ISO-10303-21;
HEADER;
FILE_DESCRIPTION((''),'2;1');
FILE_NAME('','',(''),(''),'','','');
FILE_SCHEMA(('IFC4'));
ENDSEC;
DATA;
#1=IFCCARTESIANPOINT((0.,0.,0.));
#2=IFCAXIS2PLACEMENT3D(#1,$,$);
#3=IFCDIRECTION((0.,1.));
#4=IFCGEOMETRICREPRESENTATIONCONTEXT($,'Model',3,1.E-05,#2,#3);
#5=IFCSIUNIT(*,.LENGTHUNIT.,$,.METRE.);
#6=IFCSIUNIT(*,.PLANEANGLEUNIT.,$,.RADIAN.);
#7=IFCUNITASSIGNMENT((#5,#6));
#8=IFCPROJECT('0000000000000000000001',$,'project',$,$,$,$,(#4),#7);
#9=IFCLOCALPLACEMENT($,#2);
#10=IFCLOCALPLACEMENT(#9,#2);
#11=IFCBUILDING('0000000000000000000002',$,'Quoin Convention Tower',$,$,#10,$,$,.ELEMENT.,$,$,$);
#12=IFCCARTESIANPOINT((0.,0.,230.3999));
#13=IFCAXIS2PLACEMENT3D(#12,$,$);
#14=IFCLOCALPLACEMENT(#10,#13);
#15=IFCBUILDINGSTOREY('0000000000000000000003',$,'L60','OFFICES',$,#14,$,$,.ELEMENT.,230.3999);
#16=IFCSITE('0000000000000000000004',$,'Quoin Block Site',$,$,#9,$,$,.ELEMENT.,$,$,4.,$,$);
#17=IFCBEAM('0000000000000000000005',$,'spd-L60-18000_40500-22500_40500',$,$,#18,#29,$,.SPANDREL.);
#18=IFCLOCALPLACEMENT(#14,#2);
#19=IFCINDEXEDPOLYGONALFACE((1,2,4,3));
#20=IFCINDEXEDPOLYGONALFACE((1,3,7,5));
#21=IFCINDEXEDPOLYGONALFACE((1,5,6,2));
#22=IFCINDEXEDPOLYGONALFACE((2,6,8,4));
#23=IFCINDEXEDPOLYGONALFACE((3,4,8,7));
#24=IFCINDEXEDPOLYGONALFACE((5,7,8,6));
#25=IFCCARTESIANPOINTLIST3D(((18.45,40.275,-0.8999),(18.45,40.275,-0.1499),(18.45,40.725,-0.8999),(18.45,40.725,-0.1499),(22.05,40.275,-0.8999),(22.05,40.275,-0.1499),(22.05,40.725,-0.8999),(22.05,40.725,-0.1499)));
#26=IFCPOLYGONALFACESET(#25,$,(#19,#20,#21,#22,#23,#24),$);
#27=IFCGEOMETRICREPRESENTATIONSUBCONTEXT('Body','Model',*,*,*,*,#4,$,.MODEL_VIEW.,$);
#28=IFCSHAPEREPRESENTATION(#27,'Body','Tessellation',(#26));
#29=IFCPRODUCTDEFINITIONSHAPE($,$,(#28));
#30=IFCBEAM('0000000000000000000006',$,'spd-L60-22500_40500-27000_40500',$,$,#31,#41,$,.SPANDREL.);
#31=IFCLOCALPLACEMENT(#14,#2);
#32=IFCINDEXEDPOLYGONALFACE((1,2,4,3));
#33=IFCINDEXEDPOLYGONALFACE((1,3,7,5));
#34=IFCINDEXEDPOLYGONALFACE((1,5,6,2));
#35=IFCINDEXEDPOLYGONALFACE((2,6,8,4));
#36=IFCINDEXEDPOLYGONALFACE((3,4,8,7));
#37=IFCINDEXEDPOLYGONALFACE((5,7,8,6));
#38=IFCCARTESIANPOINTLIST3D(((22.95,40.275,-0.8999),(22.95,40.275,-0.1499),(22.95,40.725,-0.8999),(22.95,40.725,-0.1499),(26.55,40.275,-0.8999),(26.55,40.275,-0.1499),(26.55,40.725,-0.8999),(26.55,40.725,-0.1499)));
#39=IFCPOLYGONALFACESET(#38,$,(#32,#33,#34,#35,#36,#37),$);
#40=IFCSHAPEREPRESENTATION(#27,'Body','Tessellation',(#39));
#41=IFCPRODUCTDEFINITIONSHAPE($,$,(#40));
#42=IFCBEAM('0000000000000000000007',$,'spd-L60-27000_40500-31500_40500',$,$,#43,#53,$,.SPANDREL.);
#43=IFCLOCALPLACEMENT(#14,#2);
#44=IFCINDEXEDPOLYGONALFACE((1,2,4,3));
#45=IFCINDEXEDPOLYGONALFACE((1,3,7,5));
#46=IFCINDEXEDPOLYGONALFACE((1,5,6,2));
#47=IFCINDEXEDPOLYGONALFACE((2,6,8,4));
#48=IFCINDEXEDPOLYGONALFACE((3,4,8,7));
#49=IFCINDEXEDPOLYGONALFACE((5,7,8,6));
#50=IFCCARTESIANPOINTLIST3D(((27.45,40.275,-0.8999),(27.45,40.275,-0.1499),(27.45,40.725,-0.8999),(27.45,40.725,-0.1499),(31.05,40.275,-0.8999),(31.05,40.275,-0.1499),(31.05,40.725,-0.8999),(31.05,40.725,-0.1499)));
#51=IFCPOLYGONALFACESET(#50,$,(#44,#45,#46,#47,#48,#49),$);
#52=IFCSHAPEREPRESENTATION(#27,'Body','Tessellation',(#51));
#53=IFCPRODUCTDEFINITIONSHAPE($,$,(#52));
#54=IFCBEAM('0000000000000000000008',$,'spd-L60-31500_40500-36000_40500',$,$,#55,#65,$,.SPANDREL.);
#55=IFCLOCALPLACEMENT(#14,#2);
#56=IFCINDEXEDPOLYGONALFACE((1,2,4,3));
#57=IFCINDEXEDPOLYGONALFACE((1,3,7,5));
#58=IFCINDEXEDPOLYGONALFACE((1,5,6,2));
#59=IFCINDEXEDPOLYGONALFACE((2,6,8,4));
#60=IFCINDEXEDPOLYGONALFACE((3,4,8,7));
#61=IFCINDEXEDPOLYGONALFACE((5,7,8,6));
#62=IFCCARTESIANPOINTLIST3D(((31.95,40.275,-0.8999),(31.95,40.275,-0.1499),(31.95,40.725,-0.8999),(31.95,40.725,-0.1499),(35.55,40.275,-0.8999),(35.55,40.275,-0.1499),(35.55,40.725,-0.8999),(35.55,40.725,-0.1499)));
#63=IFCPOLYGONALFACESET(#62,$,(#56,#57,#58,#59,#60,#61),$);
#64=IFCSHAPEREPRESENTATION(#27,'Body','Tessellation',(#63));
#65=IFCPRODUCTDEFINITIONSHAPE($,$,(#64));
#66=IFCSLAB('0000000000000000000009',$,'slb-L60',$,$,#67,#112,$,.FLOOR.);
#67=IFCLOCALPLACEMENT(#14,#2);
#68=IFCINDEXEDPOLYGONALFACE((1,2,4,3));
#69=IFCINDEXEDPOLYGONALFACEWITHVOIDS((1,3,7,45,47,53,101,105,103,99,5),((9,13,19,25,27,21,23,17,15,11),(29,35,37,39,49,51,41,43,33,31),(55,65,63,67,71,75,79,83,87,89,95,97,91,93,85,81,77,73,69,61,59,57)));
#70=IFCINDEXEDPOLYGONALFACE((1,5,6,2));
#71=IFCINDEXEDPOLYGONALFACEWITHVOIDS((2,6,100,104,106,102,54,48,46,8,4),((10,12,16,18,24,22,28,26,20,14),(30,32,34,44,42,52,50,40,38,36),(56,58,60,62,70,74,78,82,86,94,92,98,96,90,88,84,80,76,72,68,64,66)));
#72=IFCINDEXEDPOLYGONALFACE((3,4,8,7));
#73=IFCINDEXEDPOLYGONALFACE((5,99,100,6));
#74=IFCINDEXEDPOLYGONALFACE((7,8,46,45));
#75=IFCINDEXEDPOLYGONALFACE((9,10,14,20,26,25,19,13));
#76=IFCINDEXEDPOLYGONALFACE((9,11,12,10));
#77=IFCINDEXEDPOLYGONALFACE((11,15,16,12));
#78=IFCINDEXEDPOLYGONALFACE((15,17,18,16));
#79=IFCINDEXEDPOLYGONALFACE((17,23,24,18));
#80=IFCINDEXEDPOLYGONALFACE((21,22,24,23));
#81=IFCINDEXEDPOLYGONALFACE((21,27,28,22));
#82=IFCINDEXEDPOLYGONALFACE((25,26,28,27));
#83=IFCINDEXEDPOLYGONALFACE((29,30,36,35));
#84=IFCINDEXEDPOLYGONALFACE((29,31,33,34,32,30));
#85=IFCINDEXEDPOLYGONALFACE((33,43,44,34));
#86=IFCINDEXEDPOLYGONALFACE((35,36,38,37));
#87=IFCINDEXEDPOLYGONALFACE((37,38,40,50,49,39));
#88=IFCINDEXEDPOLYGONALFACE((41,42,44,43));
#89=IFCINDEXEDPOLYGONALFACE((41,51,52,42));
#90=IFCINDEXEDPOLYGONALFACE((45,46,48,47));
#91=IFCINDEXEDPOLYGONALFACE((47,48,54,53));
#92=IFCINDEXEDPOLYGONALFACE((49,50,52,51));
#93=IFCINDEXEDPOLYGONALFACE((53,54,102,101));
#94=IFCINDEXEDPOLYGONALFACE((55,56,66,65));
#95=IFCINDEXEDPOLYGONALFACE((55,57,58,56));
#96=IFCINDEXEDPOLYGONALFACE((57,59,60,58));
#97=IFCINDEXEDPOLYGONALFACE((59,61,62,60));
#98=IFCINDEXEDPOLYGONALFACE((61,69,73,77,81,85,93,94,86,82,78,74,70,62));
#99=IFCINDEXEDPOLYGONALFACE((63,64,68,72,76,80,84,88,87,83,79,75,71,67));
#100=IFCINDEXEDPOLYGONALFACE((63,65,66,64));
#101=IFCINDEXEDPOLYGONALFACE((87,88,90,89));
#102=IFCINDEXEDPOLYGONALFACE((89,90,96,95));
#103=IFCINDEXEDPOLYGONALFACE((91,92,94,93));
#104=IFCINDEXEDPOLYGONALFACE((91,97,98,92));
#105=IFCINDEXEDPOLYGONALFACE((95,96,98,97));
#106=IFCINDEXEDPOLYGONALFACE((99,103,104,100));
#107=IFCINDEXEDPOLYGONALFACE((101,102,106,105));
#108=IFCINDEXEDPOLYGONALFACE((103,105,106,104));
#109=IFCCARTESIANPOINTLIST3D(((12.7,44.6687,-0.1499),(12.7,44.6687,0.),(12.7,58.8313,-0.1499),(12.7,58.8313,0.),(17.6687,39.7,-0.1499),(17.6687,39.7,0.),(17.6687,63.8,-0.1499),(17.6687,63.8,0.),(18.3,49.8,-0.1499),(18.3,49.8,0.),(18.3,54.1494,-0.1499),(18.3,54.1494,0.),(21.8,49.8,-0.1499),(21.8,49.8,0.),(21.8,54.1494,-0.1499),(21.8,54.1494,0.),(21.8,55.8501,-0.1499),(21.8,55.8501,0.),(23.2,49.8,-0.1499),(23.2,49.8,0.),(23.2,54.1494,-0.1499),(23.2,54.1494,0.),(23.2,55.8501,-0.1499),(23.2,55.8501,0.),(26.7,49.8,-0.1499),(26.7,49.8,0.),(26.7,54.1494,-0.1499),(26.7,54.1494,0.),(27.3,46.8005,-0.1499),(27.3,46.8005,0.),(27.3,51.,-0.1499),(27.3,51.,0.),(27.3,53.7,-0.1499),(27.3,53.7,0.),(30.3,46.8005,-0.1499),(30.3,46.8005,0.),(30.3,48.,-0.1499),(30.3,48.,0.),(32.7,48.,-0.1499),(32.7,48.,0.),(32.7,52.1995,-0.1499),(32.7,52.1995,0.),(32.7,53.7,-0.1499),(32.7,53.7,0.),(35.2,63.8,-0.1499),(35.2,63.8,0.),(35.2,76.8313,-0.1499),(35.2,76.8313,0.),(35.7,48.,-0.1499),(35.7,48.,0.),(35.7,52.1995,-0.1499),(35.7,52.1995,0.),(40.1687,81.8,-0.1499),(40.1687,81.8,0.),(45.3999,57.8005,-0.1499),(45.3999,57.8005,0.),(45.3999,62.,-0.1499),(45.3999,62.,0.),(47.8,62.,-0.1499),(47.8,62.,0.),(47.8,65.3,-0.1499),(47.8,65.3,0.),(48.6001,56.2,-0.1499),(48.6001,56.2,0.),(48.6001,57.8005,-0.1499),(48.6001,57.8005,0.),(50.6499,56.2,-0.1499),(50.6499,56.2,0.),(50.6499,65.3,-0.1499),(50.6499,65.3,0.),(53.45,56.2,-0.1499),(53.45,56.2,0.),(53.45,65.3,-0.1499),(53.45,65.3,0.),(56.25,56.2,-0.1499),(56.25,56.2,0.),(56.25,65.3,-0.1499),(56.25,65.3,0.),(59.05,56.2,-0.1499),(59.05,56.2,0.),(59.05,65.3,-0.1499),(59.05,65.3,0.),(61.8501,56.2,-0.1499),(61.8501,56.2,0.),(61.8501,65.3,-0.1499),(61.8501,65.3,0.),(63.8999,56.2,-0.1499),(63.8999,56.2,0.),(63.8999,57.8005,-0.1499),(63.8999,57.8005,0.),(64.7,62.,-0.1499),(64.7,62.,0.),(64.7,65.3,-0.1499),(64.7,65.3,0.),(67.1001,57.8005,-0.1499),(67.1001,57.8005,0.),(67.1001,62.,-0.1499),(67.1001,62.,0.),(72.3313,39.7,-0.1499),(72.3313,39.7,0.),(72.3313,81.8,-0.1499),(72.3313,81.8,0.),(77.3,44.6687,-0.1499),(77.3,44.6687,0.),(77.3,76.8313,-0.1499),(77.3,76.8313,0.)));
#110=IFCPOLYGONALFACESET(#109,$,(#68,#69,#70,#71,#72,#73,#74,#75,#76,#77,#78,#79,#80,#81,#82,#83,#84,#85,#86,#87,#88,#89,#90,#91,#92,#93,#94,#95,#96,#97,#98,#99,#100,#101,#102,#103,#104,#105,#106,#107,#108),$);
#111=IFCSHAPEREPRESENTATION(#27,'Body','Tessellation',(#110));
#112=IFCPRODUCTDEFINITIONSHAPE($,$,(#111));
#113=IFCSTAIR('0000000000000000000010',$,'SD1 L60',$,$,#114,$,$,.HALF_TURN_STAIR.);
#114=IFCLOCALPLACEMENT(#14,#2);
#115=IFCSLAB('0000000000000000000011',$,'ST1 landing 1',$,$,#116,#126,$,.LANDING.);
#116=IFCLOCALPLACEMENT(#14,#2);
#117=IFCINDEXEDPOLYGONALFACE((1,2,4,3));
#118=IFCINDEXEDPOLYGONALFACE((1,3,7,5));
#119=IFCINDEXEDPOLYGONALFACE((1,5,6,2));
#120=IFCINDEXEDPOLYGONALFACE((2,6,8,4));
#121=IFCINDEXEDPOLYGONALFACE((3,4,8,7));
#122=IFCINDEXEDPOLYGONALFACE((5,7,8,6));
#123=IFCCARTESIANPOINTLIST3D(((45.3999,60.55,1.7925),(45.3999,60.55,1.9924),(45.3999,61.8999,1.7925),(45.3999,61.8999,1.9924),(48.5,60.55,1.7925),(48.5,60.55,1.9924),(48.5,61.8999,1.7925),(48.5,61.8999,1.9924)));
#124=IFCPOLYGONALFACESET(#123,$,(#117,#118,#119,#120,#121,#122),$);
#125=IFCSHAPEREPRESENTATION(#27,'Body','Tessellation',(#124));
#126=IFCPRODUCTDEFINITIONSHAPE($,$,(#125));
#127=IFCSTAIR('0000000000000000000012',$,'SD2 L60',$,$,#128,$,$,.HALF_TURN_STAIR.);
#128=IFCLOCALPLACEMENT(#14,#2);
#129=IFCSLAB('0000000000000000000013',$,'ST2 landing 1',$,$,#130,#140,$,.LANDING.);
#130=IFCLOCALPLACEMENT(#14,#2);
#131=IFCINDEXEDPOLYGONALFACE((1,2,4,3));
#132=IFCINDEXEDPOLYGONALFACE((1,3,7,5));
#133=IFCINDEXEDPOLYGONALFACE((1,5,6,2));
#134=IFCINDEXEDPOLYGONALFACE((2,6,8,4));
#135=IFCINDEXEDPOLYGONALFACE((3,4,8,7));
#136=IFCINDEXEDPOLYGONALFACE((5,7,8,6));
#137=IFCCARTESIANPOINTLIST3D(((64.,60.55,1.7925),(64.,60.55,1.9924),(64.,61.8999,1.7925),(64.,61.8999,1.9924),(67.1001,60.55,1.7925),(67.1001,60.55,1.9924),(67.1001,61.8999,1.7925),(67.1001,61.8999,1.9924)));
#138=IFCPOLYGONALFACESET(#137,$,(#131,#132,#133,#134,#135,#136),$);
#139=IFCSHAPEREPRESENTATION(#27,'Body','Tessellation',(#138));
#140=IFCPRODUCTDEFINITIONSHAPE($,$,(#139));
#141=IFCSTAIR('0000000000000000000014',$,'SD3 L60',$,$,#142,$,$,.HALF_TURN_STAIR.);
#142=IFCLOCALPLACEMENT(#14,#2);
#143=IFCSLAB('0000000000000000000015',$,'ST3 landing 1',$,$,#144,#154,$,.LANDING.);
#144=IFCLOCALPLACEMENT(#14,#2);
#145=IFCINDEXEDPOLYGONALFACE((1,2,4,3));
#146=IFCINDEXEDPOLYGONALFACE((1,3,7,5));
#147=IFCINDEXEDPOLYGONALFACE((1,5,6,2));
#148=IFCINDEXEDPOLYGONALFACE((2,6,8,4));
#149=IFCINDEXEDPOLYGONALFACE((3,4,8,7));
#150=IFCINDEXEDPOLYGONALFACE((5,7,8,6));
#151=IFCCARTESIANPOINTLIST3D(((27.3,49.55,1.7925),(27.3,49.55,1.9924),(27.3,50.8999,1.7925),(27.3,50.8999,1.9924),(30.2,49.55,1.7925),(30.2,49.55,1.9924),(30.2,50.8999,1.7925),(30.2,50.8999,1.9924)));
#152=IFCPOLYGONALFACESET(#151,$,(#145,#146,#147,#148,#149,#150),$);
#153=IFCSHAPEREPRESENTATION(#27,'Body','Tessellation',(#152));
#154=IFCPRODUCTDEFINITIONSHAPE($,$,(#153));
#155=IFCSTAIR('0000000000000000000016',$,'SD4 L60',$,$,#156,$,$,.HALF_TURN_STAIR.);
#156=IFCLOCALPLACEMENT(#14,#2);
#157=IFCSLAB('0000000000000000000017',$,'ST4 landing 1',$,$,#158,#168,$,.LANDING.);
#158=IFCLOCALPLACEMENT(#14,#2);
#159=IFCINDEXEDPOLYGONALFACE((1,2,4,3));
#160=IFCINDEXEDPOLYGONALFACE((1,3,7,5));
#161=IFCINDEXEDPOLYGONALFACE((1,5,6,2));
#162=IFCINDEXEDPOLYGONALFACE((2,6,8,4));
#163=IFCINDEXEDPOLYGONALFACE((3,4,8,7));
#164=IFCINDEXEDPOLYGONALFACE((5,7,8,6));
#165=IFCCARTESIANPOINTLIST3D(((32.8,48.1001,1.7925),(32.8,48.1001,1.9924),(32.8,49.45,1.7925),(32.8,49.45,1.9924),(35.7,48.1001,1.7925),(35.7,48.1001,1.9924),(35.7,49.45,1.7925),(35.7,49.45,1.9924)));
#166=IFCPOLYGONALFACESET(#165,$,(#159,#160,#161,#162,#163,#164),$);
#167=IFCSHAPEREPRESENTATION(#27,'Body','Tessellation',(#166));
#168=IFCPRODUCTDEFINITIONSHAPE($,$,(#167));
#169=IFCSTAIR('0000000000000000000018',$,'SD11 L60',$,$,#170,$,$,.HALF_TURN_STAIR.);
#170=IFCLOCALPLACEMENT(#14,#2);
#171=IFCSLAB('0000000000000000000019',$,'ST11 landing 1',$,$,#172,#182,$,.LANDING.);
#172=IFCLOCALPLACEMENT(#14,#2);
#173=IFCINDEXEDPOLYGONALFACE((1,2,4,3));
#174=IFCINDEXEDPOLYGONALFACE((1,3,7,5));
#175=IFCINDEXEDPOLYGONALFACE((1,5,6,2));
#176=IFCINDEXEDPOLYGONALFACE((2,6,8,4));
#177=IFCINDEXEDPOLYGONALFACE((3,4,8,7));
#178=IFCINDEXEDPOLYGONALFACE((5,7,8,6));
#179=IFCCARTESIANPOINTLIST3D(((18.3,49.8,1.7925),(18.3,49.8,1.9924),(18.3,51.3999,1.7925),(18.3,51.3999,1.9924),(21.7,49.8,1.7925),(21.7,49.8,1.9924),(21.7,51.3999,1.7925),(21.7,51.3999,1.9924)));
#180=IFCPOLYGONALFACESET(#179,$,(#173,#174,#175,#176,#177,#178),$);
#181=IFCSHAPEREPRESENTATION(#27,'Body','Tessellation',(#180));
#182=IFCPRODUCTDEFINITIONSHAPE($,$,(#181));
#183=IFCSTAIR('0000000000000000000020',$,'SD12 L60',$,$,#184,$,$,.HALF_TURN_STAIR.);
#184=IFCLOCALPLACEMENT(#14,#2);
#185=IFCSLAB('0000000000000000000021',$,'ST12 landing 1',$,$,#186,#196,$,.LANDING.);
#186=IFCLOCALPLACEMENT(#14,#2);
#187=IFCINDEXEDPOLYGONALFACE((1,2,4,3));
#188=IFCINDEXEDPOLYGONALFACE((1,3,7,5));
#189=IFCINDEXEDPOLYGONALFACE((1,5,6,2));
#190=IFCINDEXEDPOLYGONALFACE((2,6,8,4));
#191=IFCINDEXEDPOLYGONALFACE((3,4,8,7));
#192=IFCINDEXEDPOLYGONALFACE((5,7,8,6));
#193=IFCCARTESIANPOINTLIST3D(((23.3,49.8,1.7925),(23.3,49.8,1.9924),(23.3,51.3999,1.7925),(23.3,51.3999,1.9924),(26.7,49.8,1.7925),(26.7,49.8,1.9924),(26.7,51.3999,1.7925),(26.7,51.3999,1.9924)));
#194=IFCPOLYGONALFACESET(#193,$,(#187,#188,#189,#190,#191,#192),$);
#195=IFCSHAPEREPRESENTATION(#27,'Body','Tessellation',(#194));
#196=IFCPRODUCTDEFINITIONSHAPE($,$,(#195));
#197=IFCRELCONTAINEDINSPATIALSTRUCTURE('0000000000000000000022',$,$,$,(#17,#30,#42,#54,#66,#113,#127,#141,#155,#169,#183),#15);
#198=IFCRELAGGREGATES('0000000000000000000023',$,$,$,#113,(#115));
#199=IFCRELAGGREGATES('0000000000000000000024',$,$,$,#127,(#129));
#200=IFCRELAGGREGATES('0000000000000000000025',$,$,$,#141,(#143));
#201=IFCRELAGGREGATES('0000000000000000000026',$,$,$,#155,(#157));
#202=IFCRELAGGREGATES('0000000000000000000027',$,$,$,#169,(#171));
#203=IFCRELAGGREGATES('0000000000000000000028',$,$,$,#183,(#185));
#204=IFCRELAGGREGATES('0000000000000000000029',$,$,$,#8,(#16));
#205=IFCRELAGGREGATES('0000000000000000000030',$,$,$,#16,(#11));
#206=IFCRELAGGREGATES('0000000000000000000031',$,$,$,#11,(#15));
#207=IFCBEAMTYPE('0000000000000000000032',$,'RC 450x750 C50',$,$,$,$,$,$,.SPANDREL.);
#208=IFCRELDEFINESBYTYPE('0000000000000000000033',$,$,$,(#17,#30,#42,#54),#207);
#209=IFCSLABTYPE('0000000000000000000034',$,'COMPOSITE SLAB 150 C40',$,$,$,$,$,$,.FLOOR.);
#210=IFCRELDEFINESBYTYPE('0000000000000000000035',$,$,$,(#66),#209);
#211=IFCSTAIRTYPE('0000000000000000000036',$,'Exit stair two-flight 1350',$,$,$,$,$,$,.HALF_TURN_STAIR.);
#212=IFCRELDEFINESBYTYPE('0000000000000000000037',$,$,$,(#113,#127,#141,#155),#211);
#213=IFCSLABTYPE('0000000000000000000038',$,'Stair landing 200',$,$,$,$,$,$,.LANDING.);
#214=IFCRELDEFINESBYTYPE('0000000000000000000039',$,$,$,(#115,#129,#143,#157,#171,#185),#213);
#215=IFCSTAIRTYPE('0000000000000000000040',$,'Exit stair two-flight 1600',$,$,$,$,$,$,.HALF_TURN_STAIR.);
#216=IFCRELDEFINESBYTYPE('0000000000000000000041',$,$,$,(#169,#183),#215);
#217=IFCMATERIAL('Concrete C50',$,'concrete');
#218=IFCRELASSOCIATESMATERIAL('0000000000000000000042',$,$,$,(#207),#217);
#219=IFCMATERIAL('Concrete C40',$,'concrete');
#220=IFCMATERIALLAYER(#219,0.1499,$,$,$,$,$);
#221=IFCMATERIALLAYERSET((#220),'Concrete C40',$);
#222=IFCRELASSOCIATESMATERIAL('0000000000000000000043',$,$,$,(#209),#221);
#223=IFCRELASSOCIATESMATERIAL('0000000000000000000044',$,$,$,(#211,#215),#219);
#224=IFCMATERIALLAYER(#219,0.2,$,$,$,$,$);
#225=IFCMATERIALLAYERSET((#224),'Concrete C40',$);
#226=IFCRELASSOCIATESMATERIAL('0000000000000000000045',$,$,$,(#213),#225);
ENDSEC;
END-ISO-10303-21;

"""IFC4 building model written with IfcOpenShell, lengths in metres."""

from ifc_helpers import new_model, si_unit, direction, frame, origin, origin_2d, place, context, subcontext, project, spatial, polyline, rectangle, outline, extrude, material, layer, layer_set, material_profile, profile_set, type_object, element, aggregate, save


model = new_model("IFC4")

# Units and contexts
model_context = context("Model", 3, precision=1e-05, world=origin(), true_north=direction((0.0, 1.0)))
body_context = subcontext(model_context, "Body", "Model", "MODEL_VIEW")
ifc_project = project(units=[si_unit("LENGTHUNIT", "METRE"), si_unit("PLANEANGLEUNIT", "RADIAN")], contexts=[model_context])

# Site, building, storey
site_placement = place(None, origin())
site = spatial("IfcSite", under=ifc_project, at=site_placement, Name="Quoin Block Site", CompositionType="ELEMENT", RefElevation=4.0)
building_placement = place(site_placement, origin())
building = spatial("IfcBuilding", under=site, at=building_placement, Name="Quoin Convention Tower", CompositionType="ELEMENT")
storey_placement = place(building_placement, frame((0.0, 0.0, 230.3999)))
storey = spatial("IfcBuildingStorey", under=building, at=storey_placement, Name="L60", Description="OFFICES", CompositionType="ELEMENT", Elevation=230.3999)

# Shared definitions
ifc_material_1 = material(Name="Concrete C50", Category="concrete")

# Beams
ifc_material_profile_1 = material_profile(ifc_material_1, rectangle(XDim=0.45, YDim=0.75, at=origin_2d()), Name="RC 450x750")
ifc_profile_set_1 = profile_set([ifc_material_profile_1], Name="Concrete C50")
beam_type_1 = type_object("IfcBeamType", Name="RC 450x750 C50", PredefinedType="SPANDREL", material=ifc_profile_set_1)
for number, where, z_axis, x_axis, name in (
    (1, (18.45, 40.5, -0.5249), (1.0, 0.0, 0.0), (0.0, 1.0, 0.0), "spd-L60-18000_40500-22500_40500"),
    (2, (22.95, 40.5, -0.5249), (1.0, 0.0, 0.0), (0.0, 1.0, 0.0), "spd-L60-22500_40500-27000_40500"),
    (3, (27.45, 40.5, -0.5249), (1.0, 0.0, 0.0), (0.0, 1.0, 0.0), "spd-L60-27000_40500-31500_40500"),
    (4, (31.95, 40.5, -0.5249), (1.0, 0.0, 0.0), (0.0, 1.0, 0.0), "spd-L60-31500_40500-36000_40500"),
):
    element("IfcBeam", number, at=place(storey_placement, frame(where, z_axis=z_axis, x_axis=x_axis)), inside=storey, type_object=beam_type_1, Name=name, PredefinedType="SPANDREL", context=body_context, shape_type="SweptSolid", body=[
        extrude(rectangle(XDim=0.45, YDim=0.75, at=origin_2d()), origin(), (0.0, 0.0, 1.0), 3.6001),
    ])

# Slab
ifc_material_2 = material(Name="Concrete C40", Category="concrete")
ifc_layer_1 = layer(ifc_material_2, 0.1499)
ifc_layer_set_1 = layer_set([ifc_layer_1], Name="Concrete C40")
slab_type_1 = type_object("IfcSlabType", Name="COMPOSITE SLAB 150 C40", PredefinedType="FLOOR", material=ifc_layer_set_1)
slab_1_placement = place(storey_placement, frame((0.0, 0.0, -0.1499)))
element("IfcSlab", 5, at=slab_1_placement, inside=storey, type_object=slab_type_1, Name="slb-L60", PredefinedType="FLOOR", context=body_context, shape_type="SweptSolid", body=[
    extrude(outline(polyline([(17.6687, 39.7), (12.7, 44.6687), (12.7, 58.8313), (17.6687, 63.8), (35.2, 63.8), (35.2, 76.8313), (40.1687, 81.8), (72.3313, 81.8), (77.3, 76.8313), (77.3, 44.6687), (72.3313, 39.7), (17.6687, 39.7)]), holes=[polyline([(27.3, 51.0), (27.3, 46.8005), (30.3, 46.8005), (30.3, 48.0), (32.7, 48.0), (35.7, 48.0), (35.7, 52.1995), (32.7, 52.1995), (32.7, 53.7), (27.3, 53.7), (27.3, 51.0)]), polyline([(18.3, 49.8), (21.8, 49.8), (23.2, 49.8), (26.7, 49.8), (26.7, 54.1494), (23.2, 54.1494), (23.2, 55.8501), (21.8, 55.8501), (21.8, 54.1494), (18.3, 54.1494), (18.3, 49.8)]), polyline([(48.6001, 56.2), (50.6499, 56.2), (53.45, 56.2), (56.25, 56.2), (59.05, 56.2), (61.8501, 56.2), (63.8999, 56.2), (63.8999, 57.8005), (67.1001, 57.8005), (67.1001, 62.0), (64.7, 62.0), (64.7, 65.3), (61.8501, 65.3), (59.05, 65.3), (56.25, 65.3), (53.45, 65.3), (50.6499, 65.3), (47.8, 65.3), (47.8, 62.0), (45.3999, 62.0), (45.3999, 57.8005), (48.6001, 57.8005), (48.6001, 56.2)])]), origin(), (0.0, 0.0, 1.0), 0.1499),
])

# Stairs, slabs
stair_type_1 = type_object("IfcStairType", Name="Exit stair two-flight 1350", PredefinedType="HALF_TURN_STAIR", material=ifc_material_2)
stair_1_placement = place(storey_placement, origin())
stair_1 = element("IfcStair", 6, at=stair_1_placement, inside=storey, type_object=stair_type_1, Name="SD1 L60", PredefinedType="HALF_TURN_STAIR")
ifc_layer_2 = layer(ifc_material_2, 0.2)
ifc_layer_set_2 = layer_set([ifc_layer_2], Name="Concrete C40")
slab_type_2 = type_object("IfcSlabType", Name="Stair landing 200", PredefinedType="LANDING", material=ifc_layer_set_2)
slab_2_placement = place(storey_placement, frame((0.0, 0.0, 1.7925)))
slab_2 = element("IfcSlab", 7, at=slab_2_placement, type_object=slab_type_2, Name="ST1 landing 1", PredefinedType="LANDING", context=body_context, shape_type="SweptSolid", body=[
    extrude(outline(polyline([(45.3999, 60.55), (48.5, 60.55), (48.5, 61.8999), (45.3999, 61.8999), (45.3999, 60.55)])), origin(), (0.0, 0.0, 1.0), 0.2),
])
aggregate(stair_1, [slab_2])
stair_2_placement = place(storey_placement, origin())
stair_2 = element("IfcStair", 8, at=stair_2_placement, inside=storey, type_object=stair_type_1, Name="SD2 L60", PredefinedType="HALF_TURN_STAIR")
slab_3_placement = place(storey_placement, frame((0.0, 0.0, 1.7925)))
slab_3 = element("IfcSlab", 9, at=slab_3_placement, type_object=slab_type_2, Name="ST2 landing 1", PredefinedType="LANDING", context=body_context, shape_type="SweptSolid", body=[
    extrude(outline(polyline([(64.0, 60.55), (67.1001, 60.55), (67.1001, 61.8999), (64.0, 61.8999), (64.0, 60.55)])), origin(), (0.0, 0.0, 1.0), 0.2),
])
aggregate(stair_2, [slab_3])
stair_3_placement = place(storey_placement, origin())
stair_3 = element("IfcStair", 10, at=stair_3_placement, inside=storey, type_object=stair_type_1, Name="SD3 L60", PredefinedType="HALF_TURN_STAIR")
slab_4_placement = place(storey_placement, frame((0.0, 0.0, 1.7925)))
slab_4 = element("IfcSlab", 11, at=slab_4_placement, type_object=slab_type_2, Name="ST3 landing 1", PredefinedType="LANDING", context=body_context, shape_type="SweptSolid", body=[
    extrude(outline(polyline([(27.3, 49.55), (30.2, 49.55), (30.2, 50.8999), (27.3, 50.8999), (27.3, 49.55)])), origin(), (0.0, 0.0, 1.0), 0.2),
])
aggregate(stair_3, [slab_4])
stair_4_placement = place(storey_placement, origin())
stair_4 = element("IfcStair", 12, at=stair_4_placement, inside=storey, type_object=stair_type_1, Name="SD4 L60", PredefinedType="HALF_TURN_STAIR")
slab_5_placement = place(storey_placement, frame((0.0, 0.0, 1.7925)))
slab_5 = element("IfcSlab", 13, at=slab_5_placement, type_object=slab_type_2, Name="ST4 landing 1", PredefinedType="LANDING", context=body_context, shape_type="SweptSolid", body=[
    extrude(outline(polyline([(35.7, 49.45), (32.8, 49.45), (32.8, 48.1001), (35.7, 48.1001), (35.7, 49.45)])), origin(), (0.0, 0.0, 1.0), 0.2),
])
aggregate(stair_4, [slab_5])
stair_type_2 = type_object("IfcStairType", Name="Exit stair two-flight 1600", PredefinedType="HALF_TURN_STAIR", material=ifc_material_2)
stair_5_placement = place(storey_placement, origin())
stair_5 = element("IfcStair", 14, at=stair_5_placement, inside=storey, type_object=stair_type_2, Name="SD11 L60", PredefinedType="HALF_TURN_STAIR")
slab_6_placement = place(storey_placement, frame((0.0, 0.0, 1.7925)))
slab_6 = element("IfcSlab", 15, at=slab_6_placement, type_object=slab_type_2, Name="ST11 landing 1", PredefinedType="LANDING", context=body_context, shape_type="SweptSolid", body=[
    extrude(outline(polyline([(21.7, 51.3999), (18.3, 51.3999), (18.3, 49.8), (21.7, 49.8), (21.7, 51.3999)])), origin(), (0.0, 0.0, 1.0), 0.2),
])
aggregate(stair_5, [slab_6])
stair_6_placement = place(storey_placement, origin())
stair_6 = element("IfcStair", 16, at=stair_6_placement, inside=storey, type_object=stair_type_2, Name="SD12 L60", PredefinedType="HALF_TURN_STAIR")
slab_7_placement = place(storey_placement, frame((0.0, 0.0, 1.7925)))
slab_7 = element("IfcSlab", 17, at=slab_7_placement, type_object=slab_type_2, Name="ST12 landing 1", PredefinedType="LANDING", context=body_context, shape_type="SweptSolid", body=[
    extrude(outline(polyline([(26.7, 51.3999), (23.3, 51.3999), (23.3, 49.8), (26.7, 49.8), (26.7, 51.3999)])), origin(), (0.0, 0.0, 1.0), 0.2),
])
aggregate(stair_6, [slab_7])

save(model, "model.ifc")
